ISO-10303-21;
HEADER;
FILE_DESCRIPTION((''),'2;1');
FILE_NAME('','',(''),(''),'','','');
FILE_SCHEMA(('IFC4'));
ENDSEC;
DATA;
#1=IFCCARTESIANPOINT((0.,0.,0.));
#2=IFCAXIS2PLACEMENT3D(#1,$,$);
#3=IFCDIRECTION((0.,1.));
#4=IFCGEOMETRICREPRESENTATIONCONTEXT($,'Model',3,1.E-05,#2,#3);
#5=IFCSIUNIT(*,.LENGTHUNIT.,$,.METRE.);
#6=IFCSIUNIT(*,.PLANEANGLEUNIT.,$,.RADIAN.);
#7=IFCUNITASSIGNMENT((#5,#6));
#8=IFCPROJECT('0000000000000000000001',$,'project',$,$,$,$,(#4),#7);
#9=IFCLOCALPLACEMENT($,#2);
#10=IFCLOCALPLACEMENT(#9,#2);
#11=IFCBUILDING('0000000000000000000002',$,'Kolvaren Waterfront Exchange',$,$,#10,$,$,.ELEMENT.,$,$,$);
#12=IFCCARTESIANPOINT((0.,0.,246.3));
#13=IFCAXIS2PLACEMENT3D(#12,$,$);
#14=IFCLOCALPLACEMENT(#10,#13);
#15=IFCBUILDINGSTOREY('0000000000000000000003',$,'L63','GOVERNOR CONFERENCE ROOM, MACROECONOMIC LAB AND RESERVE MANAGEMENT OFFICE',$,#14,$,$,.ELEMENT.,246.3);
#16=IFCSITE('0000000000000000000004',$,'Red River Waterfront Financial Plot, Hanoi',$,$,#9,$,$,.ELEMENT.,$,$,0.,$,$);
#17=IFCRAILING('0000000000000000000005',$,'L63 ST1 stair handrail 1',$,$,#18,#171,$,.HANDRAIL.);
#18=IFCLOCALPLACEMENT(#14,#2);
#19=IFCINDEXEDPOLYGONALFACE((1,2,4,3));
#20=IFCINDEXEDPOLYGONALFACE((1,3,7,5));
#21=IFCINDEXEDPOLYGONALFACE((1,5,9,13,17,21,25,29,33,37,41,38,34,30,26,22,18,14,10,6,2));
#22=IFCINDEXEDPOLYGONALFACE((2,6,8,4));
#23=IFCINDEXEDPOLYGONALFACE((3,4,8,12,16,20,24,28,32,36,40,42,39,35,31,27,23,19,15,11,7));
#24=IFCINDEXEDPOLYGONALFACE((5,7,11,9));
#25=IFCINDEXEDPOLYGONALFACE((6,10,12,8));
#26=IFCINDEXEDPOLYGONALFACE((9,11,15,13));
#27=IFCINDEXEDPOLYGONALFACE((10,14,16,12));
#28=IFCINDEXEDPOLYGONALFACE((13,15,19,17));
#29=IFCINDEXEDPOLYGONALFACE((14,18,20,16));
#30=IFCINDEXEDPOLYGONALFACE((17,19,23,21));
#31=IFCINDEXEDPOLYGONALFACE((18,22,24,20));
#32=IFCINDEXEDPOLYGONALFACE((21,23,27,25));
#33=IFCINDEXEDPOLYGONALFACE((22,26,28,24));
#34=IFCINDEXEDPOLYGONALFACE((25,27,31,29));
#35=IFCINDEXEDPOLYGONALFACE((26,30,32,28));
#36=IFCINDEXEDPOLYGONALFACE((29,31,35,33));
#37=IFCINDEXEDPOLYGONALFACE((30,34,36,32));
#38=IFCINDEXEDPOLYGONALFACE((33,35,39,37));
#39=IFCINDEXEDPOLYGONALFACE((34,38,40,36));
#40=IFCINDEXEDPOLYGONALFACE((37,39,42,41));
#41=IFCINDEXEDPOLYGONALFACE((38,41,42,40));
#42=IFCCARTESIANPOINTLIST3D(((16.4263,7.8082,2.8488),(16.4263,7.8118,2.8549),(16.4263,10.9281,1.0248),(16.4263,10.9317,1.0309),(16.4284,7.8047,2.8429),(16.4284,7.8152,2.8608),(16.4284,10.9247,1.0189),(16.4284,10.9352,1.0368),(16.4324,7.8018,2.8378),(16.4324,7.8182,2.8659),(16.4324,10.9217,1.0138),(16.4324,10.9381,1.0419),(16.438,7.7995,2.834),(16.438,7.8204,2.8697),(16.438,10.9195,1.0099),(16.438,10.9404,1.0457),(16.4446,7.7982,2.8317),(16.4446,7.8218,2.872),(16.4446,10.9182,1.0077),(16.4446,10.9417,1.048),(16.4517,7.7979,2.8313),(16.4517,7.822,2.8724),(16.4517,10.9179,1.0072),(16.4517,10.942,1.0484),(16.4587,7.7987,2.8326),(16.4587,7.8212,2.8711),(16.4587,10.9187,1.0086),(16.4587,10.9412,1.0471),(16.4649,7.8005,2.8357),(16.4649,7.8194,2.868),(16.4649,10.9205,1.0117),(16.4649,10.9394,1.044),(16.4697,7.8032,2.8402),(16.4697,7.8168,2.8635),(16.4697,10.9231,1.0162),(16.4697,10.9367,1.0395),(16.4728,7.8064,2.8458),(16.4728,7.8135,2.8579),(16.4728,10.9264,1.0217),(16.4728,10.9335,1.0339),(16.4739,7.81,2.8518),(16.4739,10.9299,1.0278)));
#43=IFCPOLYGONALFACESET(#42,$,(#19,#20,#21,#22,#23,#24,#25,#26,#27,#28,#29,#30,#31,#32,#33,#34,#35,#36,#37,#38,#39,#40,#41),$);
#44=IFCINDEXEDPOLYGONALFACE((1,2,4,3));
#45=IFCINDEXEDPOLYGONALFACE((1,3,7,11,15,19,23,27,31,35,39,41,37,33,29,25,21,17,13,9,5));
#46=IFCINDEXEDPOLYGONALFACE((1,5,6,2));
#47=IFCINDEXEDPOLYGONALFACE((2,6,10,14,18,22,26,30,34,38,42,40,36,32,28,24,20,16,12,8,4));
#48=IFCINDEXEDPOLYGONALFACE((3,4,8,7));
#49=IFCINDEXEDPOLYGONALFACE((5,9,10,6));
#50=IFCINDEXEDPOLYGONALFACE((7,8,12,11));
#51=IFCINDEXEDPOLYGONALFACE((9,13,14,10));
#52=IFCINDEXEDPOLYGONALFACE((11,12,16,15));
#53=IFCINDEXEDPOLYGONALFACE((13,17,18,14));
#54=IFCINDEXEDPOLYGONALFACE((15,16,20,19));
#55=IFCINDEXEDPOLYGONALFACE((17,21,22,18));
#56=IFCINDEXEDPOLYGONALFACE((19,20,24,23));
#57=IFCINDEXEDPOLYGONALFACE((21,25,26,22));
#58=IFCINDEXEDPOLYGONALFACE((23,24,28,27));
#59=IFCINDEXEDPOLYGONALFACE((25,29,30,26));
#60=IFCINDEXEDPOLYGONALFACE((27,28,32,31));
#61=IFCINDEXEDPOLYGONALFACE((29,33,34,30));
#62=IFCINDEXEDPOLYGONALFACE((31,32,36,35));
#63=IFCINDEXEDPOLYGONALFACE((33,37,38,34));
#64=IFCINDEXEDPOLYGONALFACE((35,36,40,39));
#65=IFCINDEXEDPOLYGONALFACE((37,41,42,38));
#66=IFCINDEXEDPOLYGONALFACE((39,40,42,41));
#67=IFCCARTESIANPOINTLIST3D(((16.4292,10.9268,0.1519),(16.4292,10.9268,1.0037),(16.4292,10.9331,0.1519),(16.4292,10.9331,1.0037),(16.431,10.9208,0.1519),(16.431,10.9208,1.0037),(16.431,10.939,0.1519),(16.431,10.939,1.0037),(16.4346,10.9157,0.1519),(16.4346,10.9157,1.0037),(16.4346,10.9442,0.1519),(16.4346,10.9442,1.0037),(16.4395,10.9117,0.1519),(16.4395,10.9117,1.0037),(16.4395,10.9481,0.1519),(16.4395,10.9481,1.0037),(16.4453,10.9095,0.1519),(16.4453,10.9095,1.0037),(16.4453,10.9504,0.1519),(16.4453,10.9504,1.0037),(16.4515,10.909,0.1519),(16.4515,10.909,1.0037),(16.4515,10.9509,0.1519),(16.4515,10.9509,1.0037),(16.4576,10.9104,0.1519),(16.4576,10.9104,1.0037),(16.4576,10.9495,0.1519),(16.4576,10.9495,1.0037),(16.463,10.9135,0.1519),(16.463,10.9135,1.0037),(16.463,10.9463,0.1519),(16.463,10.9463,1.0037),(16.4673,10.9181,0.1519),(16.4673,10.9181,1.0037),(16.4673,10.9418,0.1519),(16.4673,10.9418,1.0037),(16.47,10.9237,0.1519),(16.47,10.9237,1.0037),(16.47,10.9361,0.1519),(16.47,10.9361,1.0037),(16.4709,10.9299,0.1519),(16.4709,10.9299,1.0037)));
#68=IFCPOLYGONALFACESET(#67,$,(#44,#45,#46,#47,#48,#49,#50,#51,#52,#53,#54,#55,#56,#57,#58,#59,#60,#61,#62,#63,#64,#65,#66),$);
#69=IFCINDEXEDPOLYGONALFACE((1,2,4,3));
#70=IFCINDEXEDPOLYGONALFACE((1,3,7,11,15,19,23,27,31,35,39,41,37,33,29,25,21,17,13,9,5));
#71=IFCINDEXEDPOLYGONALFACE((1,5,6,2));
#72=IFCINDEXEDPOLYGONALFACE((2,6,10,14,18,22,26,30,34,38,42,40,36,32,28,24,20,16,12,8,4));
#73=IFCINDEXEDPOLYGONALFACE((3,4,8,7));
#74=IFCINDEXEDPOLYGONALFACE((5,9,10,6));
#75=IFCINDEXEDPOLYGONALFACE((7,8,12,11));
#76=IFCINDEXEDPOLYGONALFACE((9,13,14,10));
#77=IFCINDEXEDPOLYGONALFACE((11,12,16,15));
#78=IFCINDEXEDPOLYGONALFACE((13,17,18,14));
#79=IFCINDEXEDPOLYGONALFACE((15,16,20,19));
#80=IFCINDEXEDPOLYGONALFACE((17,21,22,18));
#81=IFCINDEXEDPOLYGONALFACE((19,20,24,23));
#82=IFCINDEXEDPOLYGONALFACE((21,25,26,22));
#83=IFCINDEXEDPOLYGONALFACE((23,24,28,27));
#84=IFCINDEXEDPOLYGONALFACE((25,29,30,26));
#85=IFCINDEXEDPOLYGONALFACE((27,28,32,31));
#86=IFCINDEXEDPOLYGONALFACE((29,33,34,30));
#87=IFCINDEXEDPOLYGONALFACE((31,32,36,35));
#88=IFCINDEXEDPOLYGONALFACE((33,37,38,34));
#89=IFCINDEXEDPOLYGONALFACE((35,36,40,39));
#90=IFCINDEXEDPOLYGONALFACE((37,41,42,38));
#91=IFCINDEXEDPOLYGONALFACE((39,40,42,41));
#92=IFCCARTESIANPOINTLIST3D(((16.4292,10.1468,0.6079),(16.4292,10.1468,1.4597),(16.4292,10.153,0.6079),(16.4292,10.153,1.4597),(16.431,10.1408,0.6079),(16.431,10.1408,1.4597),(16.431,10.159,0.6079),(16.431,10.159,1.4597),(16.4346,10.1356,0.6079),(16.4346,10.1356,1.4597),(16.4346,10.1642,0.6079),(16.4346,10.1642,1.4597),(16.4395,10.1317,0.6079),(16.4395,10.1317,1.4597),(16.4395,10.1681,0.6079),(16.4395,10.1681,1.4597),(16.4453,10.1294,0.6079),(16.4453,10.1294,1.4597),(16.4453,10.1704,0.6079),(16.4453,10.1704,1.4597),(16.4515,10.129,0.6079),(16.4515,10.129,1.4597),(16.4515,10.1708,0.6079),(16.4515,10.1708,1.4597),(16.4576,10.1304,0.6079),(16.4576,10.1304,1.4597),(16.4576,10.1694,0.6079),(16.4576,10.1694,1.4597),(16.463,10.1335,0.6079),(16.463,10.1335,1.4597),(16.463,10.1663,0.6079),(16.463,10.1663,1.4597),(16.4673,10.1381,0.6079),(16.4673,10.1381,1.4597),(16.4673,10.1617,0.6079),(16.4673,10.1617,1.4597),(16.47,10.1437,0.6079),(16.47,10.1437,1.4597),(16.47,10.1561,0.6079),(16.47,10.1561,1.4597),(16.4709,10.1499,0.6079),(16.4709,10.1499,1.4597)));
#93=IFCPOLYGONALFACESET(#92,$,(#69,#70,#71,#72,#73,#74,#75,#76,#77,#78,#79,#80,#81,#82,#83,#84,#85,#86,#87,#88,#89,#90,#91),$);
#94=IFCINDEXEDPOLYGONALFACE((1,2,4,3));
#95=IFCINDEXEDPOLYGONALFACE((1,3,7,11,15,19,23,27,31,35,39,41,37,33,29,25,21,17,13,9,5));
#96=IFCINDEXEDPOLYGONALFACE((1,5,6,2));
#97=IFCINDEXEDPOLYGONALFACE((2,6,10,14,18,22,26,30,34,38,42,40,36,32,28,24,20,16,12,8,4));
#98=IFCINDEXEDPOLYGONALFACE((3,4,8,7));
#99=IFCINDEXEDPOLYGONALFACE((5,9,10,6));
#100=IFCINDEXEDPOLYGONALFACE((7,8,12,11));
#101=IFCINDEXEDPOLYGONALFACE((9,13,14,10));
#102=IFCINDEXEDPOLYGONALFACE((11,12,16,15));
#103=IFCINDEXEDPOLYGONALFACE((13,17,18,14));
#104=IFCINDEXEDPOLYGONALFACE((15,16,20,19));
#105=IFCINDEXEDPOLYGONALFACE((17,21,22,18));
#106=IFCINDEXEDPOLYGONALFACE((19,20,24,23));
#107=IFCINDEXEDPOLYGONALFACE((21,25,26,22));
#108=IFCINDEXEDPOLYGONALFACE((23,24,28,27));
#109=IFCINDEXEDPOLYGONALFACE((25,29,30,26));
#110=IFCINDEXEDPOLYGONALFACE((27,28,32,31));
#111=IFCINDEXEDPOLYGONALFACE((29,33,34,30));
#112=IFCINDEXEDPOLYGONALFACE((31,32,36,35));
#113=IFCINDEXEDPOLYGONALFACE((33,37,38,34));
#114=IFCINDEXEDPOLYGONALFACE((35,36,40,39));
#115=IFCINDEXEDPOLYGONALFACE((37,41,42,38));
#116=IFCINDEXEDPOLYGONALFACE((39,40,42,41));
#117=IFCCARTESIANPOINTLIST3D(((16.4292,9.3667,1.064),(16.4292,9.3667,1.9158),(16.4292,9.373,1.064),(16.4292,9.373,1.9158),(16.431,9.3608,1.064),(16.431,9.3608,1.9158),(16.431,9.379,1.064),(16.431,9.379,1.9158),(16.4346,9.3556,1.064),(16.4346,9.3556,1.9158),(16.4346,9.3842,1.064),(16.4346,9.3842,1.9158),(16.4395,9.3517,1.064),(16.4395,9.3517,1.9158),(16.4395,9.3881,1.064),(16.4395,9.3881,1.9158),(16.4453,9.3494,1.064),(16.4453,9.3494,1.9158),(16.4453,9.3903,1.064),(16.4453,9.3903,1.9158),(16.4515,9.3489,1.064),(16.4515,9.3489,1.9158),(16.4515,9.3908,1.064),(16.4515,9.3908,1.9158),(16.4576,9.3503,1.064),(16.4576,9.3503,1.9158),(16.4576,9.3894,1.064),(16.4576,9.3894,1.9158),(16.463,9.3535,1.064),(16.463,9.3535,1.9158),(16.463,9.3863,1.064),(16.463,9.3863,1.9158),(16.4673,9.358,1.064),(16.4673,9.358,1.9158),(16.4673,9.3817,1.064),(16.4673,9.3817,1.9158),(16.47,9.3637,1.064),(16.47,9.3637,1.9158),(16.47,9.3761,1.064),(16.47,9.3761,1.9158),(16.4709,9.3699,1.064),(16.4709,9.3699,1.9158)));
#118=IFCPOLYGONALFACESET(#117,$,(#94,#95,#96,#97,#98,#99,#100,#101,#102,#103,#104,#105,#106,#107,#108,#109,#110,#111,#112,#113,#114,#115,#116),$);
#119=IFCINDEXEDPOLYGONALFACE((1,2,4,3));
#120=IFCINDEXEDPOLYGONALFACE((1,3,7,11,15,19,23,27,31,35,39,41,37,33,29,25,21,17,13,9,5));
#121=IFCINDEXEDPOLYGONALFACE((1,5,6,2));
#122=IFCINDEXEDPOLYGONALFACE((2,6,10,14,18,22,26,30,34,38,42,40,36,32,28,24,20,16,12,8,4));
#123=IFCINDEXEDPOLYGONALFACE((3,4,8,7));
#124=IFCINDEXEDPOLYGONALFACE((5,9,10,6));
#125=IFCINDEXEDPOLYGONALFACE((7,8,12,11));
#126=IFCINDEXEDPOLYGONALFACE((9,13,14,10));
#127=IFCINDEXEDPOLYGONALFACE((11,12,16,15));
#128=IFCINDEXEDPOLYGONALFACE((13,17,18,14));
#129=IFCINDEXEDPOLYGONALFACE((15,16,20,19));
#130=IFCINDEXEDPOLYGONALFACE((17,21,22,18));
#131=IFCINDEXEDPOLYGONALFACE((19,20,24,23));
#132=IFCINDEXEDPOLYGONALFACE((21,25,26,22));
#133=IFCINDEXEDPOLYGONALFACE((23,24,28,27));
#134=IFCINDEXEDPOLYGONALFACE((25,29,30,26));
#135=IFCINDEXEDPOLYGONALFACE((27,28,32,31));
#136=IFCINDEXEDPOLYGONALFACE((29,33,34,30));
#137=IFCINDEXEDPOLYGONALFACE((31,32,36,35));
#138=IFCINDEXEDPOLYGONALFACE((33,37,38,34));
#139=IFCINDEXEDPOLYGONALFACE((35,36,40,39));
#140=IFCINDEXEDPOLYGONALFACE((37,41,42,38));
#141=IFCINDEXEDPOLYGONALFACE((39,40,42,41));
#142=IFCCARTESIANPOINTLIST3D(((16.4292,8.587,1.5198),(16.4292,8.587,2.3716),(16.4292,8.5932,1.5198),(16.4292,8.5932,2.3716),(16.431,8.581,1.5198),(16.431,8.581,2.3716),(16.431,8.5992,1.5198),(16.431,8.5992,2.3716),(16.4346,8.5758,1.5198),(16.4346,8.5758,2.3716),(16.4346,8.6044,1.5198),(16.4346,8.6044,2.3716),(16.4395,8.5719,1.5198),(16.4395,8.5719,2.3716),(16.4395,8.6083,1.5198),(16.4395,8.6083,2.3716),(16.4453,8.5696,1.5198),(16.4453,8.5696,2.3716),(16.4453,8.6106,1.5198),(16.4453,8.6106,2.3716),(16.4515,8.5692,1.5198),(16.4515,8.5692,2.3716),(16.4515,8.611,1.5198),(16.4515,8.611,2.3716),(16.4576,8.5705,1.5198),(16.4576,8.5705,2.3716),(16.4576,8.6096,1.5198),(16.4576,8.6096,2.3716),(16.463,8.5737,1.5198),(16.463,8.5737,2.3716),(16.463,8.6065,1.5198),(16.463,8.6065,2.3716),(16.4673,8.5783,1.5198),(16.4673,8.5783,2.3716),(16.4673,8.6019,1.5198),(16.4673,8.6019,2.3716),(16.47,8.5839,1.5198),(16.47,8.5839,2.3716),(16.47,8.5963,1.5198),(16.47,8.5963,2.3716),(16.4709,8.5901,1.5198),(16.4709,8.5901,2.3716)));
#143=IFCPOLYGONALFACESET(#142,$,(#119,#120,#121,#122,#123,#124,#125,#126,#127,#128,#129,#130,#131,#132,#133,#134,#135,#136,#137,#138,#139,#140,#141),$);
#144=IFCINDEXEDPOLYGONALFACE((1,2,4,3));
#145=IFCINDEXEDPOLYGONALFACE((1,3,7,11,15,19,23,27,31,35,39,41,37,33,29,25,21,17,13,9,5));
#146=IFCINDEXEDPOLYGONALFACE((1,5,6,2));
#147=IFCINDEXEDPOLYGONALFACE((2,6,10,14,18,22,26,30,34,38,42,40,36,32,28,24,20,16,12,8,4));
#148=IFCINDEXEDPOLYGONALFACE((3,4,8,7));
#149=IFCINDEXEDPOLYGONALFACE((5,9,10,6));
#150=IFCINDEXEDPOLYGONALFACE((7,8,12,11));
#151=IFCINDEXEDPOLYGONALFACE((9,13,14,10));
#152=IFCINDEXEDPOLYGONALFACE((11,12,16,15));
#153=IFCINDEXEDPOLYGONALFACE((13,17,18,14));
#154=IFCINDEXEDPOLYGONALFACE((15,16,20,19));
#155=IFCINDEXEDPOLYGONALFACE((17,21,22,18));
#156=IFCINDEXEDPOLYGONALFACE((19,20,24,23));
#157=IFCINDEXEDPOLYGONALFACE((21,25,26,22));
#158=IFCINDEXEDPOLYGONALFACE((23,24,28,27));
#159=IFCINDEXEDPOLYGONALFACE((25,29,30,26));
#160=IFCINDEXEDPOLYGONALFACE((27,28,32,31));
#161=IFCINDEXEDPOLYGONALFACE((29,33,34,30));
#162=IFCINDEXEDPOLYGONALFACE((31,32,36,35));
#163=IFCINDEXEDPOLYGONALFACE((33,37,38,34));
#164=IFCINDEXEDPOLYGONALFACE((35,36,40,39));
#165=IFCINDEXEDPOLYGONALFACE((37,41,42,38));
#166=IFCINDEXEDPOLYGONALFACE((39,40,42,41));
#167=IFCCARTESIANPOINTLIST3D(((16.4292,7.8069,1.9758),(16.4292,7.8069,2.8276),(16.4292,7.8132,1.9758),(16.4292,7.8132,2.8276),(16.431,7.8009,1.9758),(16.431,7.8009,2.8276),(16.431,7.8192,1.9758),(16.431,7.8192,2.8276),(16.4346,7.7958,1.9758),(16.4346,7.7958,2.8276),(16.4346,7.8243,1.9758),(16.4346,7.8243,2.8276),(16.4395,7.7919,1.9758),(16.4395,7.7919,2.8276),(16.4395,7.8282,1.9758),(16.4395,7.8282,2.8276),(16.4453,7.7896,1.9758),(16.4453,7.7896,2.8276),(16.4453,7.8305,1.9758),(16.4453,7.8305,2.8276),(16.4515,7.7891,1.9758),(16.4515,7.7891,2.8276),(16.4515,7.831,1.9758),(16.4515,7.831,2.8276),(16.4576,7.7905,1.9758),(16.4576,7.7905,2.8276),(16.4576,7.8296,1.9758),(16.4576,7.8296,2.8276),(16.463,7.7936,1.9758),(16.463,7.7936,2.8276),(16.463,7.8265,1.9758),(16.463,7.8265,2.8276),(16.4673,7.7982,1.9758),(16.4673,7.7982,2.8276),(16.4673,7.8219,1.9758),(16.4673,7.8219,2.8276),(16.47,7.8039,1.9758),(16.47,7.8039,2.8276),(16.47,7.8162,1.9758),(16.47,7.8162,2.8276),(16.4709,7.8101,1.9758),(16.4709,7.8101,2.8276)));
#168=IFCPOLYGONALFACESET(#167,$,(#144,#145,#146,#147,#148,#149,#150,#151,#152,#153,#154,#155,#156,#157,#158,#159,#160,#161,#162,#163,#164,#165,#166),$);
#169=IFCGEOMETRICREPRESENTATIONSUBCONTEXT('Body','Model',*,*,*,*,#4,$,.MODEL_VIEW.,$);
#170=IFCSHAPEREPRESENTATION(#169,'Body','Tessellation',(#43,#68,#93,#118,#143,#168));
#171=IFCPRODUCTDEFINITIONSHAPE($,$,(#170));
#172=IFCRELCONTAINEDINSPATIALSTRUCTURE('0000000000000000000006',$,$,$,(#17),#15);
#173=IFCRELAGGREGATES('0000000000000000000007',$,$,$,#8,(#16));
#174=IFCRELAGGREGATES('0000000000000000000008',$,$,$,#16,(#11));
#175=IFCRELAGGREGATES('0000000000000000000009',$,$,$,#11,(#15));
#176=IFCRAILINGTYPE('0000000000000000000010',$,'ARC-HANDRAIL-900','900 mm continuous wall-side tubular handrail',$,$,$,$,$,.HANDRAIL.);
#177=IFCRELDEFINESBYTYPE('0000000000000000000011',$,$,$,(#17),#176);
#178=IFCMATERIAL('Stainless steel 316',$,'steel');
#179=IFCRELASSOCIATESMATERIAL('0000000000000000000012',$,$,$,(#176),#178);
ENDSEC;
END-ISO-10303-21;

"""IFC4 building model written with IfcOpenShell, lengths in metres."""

from ifc_helpers import new_model, si_unit, direction, frame, origin, origin_2d, place, context, subcontext, project, spatial, circle, extrude, material, type_object, element, save


model = new_model("IFC4")

# Units and contexts
model_context = context("Model", 3, precision=1e-05, world=origin(), true_north=direction((0.0, 1.0)))
body_context = subcontext(model_context, "Body", "Model", "MODEL_VIEW")
ifc_project = project(units=[si_unit("LENGTHUNIT", "METRE"), si_unit("PLANEANGLEUNIT", "RADIAN")], contexts=[model_context])

# Site, building, storey
site_placement = place(None, origin())
site = spatial("IfcSite", under=ifc_project, at=site_placement, Name="Red River Waterfront Financial Plot, Hanoi", CompositionType="ELEMENT", RefElevation=0.0)
building_placement = place(site_placement, origin())
building = spatial("IfcBuilding", under=site, at=building_placement, Name="Kolvaren Waterfront Exchange", CompositionType="ELEMENT")
storey_placement = place(building_placement, frame((0.0, 0.0, 246.3)))
storey = spatial("IfcBuildingStorey", under=building, at=storey_placement, Name="L63", Description="GOVERNOR CONFERENCE ROOM, MACROECONOMIC LAB AND RESERVE MANAGEMENT OFFICE", CompositionType="ELEMENT", Elevation=246.3)

# Railing
ifc_material_1 = material(Name="Stainless steel 316", Category="steel")
railing_type_1 = type_object("IfcRailingType", Name="ARC-HANDRAIL-900", Description="900 mm continuous wall-side tubular handrail", PredefinedType="HANDRAIL", material=ifc_material_1)
railing_1_placement = place(storey_placement, frame((16.45, 10.9299, 0.1519)))
element("IfcRailing", 1, at=railing_1_placement, inside=storey, type_object=railing_type_1, Name="L63 ST1 stair handrail 1", PredefinedType="HANDRAIL", context=body_context, shape_type="SweptSolid", body=[
    extrude(circle(Radius=0.0239, at=origin_2d()), frame((0.0, 0.0, 0.876), z_axis=(0.0, -0.863291, 0.504707), x_axis=(1.0, 0.0, 0.0)), (0.0, 0.0, 1.0), 3.614),
    extrude(circle(Radius=0.021, at=origin_2d()), origin(), (0.0, 0.0, 1.0), 0.8518),
    extrude(circle(Radius=0.021, at=origin_2d()), frame((0.0, -0.78, 0.4561)), (0.0, 0.0, 1.0), 0.8518),
    extrude(circle(Radius=0.021, at=origin_2d()), frame((0.0, -1.5601, 0.9121)), (0.0, 0.0, 1.0), 0.8518),
    extrude(circle(Radius=0.021, at=origin_2d()), frame((0.0, -2.3398, 1.3679)), (0.0, 0.0, 1.0), 0.8518),
    extrude(circle(Radius=0.021, at=origin_2d()), frame((0.0, -3.1199, 1.824)), (0.0, 0.0, 1.0), 0.8518),
])

save(model, "model.ifc")
